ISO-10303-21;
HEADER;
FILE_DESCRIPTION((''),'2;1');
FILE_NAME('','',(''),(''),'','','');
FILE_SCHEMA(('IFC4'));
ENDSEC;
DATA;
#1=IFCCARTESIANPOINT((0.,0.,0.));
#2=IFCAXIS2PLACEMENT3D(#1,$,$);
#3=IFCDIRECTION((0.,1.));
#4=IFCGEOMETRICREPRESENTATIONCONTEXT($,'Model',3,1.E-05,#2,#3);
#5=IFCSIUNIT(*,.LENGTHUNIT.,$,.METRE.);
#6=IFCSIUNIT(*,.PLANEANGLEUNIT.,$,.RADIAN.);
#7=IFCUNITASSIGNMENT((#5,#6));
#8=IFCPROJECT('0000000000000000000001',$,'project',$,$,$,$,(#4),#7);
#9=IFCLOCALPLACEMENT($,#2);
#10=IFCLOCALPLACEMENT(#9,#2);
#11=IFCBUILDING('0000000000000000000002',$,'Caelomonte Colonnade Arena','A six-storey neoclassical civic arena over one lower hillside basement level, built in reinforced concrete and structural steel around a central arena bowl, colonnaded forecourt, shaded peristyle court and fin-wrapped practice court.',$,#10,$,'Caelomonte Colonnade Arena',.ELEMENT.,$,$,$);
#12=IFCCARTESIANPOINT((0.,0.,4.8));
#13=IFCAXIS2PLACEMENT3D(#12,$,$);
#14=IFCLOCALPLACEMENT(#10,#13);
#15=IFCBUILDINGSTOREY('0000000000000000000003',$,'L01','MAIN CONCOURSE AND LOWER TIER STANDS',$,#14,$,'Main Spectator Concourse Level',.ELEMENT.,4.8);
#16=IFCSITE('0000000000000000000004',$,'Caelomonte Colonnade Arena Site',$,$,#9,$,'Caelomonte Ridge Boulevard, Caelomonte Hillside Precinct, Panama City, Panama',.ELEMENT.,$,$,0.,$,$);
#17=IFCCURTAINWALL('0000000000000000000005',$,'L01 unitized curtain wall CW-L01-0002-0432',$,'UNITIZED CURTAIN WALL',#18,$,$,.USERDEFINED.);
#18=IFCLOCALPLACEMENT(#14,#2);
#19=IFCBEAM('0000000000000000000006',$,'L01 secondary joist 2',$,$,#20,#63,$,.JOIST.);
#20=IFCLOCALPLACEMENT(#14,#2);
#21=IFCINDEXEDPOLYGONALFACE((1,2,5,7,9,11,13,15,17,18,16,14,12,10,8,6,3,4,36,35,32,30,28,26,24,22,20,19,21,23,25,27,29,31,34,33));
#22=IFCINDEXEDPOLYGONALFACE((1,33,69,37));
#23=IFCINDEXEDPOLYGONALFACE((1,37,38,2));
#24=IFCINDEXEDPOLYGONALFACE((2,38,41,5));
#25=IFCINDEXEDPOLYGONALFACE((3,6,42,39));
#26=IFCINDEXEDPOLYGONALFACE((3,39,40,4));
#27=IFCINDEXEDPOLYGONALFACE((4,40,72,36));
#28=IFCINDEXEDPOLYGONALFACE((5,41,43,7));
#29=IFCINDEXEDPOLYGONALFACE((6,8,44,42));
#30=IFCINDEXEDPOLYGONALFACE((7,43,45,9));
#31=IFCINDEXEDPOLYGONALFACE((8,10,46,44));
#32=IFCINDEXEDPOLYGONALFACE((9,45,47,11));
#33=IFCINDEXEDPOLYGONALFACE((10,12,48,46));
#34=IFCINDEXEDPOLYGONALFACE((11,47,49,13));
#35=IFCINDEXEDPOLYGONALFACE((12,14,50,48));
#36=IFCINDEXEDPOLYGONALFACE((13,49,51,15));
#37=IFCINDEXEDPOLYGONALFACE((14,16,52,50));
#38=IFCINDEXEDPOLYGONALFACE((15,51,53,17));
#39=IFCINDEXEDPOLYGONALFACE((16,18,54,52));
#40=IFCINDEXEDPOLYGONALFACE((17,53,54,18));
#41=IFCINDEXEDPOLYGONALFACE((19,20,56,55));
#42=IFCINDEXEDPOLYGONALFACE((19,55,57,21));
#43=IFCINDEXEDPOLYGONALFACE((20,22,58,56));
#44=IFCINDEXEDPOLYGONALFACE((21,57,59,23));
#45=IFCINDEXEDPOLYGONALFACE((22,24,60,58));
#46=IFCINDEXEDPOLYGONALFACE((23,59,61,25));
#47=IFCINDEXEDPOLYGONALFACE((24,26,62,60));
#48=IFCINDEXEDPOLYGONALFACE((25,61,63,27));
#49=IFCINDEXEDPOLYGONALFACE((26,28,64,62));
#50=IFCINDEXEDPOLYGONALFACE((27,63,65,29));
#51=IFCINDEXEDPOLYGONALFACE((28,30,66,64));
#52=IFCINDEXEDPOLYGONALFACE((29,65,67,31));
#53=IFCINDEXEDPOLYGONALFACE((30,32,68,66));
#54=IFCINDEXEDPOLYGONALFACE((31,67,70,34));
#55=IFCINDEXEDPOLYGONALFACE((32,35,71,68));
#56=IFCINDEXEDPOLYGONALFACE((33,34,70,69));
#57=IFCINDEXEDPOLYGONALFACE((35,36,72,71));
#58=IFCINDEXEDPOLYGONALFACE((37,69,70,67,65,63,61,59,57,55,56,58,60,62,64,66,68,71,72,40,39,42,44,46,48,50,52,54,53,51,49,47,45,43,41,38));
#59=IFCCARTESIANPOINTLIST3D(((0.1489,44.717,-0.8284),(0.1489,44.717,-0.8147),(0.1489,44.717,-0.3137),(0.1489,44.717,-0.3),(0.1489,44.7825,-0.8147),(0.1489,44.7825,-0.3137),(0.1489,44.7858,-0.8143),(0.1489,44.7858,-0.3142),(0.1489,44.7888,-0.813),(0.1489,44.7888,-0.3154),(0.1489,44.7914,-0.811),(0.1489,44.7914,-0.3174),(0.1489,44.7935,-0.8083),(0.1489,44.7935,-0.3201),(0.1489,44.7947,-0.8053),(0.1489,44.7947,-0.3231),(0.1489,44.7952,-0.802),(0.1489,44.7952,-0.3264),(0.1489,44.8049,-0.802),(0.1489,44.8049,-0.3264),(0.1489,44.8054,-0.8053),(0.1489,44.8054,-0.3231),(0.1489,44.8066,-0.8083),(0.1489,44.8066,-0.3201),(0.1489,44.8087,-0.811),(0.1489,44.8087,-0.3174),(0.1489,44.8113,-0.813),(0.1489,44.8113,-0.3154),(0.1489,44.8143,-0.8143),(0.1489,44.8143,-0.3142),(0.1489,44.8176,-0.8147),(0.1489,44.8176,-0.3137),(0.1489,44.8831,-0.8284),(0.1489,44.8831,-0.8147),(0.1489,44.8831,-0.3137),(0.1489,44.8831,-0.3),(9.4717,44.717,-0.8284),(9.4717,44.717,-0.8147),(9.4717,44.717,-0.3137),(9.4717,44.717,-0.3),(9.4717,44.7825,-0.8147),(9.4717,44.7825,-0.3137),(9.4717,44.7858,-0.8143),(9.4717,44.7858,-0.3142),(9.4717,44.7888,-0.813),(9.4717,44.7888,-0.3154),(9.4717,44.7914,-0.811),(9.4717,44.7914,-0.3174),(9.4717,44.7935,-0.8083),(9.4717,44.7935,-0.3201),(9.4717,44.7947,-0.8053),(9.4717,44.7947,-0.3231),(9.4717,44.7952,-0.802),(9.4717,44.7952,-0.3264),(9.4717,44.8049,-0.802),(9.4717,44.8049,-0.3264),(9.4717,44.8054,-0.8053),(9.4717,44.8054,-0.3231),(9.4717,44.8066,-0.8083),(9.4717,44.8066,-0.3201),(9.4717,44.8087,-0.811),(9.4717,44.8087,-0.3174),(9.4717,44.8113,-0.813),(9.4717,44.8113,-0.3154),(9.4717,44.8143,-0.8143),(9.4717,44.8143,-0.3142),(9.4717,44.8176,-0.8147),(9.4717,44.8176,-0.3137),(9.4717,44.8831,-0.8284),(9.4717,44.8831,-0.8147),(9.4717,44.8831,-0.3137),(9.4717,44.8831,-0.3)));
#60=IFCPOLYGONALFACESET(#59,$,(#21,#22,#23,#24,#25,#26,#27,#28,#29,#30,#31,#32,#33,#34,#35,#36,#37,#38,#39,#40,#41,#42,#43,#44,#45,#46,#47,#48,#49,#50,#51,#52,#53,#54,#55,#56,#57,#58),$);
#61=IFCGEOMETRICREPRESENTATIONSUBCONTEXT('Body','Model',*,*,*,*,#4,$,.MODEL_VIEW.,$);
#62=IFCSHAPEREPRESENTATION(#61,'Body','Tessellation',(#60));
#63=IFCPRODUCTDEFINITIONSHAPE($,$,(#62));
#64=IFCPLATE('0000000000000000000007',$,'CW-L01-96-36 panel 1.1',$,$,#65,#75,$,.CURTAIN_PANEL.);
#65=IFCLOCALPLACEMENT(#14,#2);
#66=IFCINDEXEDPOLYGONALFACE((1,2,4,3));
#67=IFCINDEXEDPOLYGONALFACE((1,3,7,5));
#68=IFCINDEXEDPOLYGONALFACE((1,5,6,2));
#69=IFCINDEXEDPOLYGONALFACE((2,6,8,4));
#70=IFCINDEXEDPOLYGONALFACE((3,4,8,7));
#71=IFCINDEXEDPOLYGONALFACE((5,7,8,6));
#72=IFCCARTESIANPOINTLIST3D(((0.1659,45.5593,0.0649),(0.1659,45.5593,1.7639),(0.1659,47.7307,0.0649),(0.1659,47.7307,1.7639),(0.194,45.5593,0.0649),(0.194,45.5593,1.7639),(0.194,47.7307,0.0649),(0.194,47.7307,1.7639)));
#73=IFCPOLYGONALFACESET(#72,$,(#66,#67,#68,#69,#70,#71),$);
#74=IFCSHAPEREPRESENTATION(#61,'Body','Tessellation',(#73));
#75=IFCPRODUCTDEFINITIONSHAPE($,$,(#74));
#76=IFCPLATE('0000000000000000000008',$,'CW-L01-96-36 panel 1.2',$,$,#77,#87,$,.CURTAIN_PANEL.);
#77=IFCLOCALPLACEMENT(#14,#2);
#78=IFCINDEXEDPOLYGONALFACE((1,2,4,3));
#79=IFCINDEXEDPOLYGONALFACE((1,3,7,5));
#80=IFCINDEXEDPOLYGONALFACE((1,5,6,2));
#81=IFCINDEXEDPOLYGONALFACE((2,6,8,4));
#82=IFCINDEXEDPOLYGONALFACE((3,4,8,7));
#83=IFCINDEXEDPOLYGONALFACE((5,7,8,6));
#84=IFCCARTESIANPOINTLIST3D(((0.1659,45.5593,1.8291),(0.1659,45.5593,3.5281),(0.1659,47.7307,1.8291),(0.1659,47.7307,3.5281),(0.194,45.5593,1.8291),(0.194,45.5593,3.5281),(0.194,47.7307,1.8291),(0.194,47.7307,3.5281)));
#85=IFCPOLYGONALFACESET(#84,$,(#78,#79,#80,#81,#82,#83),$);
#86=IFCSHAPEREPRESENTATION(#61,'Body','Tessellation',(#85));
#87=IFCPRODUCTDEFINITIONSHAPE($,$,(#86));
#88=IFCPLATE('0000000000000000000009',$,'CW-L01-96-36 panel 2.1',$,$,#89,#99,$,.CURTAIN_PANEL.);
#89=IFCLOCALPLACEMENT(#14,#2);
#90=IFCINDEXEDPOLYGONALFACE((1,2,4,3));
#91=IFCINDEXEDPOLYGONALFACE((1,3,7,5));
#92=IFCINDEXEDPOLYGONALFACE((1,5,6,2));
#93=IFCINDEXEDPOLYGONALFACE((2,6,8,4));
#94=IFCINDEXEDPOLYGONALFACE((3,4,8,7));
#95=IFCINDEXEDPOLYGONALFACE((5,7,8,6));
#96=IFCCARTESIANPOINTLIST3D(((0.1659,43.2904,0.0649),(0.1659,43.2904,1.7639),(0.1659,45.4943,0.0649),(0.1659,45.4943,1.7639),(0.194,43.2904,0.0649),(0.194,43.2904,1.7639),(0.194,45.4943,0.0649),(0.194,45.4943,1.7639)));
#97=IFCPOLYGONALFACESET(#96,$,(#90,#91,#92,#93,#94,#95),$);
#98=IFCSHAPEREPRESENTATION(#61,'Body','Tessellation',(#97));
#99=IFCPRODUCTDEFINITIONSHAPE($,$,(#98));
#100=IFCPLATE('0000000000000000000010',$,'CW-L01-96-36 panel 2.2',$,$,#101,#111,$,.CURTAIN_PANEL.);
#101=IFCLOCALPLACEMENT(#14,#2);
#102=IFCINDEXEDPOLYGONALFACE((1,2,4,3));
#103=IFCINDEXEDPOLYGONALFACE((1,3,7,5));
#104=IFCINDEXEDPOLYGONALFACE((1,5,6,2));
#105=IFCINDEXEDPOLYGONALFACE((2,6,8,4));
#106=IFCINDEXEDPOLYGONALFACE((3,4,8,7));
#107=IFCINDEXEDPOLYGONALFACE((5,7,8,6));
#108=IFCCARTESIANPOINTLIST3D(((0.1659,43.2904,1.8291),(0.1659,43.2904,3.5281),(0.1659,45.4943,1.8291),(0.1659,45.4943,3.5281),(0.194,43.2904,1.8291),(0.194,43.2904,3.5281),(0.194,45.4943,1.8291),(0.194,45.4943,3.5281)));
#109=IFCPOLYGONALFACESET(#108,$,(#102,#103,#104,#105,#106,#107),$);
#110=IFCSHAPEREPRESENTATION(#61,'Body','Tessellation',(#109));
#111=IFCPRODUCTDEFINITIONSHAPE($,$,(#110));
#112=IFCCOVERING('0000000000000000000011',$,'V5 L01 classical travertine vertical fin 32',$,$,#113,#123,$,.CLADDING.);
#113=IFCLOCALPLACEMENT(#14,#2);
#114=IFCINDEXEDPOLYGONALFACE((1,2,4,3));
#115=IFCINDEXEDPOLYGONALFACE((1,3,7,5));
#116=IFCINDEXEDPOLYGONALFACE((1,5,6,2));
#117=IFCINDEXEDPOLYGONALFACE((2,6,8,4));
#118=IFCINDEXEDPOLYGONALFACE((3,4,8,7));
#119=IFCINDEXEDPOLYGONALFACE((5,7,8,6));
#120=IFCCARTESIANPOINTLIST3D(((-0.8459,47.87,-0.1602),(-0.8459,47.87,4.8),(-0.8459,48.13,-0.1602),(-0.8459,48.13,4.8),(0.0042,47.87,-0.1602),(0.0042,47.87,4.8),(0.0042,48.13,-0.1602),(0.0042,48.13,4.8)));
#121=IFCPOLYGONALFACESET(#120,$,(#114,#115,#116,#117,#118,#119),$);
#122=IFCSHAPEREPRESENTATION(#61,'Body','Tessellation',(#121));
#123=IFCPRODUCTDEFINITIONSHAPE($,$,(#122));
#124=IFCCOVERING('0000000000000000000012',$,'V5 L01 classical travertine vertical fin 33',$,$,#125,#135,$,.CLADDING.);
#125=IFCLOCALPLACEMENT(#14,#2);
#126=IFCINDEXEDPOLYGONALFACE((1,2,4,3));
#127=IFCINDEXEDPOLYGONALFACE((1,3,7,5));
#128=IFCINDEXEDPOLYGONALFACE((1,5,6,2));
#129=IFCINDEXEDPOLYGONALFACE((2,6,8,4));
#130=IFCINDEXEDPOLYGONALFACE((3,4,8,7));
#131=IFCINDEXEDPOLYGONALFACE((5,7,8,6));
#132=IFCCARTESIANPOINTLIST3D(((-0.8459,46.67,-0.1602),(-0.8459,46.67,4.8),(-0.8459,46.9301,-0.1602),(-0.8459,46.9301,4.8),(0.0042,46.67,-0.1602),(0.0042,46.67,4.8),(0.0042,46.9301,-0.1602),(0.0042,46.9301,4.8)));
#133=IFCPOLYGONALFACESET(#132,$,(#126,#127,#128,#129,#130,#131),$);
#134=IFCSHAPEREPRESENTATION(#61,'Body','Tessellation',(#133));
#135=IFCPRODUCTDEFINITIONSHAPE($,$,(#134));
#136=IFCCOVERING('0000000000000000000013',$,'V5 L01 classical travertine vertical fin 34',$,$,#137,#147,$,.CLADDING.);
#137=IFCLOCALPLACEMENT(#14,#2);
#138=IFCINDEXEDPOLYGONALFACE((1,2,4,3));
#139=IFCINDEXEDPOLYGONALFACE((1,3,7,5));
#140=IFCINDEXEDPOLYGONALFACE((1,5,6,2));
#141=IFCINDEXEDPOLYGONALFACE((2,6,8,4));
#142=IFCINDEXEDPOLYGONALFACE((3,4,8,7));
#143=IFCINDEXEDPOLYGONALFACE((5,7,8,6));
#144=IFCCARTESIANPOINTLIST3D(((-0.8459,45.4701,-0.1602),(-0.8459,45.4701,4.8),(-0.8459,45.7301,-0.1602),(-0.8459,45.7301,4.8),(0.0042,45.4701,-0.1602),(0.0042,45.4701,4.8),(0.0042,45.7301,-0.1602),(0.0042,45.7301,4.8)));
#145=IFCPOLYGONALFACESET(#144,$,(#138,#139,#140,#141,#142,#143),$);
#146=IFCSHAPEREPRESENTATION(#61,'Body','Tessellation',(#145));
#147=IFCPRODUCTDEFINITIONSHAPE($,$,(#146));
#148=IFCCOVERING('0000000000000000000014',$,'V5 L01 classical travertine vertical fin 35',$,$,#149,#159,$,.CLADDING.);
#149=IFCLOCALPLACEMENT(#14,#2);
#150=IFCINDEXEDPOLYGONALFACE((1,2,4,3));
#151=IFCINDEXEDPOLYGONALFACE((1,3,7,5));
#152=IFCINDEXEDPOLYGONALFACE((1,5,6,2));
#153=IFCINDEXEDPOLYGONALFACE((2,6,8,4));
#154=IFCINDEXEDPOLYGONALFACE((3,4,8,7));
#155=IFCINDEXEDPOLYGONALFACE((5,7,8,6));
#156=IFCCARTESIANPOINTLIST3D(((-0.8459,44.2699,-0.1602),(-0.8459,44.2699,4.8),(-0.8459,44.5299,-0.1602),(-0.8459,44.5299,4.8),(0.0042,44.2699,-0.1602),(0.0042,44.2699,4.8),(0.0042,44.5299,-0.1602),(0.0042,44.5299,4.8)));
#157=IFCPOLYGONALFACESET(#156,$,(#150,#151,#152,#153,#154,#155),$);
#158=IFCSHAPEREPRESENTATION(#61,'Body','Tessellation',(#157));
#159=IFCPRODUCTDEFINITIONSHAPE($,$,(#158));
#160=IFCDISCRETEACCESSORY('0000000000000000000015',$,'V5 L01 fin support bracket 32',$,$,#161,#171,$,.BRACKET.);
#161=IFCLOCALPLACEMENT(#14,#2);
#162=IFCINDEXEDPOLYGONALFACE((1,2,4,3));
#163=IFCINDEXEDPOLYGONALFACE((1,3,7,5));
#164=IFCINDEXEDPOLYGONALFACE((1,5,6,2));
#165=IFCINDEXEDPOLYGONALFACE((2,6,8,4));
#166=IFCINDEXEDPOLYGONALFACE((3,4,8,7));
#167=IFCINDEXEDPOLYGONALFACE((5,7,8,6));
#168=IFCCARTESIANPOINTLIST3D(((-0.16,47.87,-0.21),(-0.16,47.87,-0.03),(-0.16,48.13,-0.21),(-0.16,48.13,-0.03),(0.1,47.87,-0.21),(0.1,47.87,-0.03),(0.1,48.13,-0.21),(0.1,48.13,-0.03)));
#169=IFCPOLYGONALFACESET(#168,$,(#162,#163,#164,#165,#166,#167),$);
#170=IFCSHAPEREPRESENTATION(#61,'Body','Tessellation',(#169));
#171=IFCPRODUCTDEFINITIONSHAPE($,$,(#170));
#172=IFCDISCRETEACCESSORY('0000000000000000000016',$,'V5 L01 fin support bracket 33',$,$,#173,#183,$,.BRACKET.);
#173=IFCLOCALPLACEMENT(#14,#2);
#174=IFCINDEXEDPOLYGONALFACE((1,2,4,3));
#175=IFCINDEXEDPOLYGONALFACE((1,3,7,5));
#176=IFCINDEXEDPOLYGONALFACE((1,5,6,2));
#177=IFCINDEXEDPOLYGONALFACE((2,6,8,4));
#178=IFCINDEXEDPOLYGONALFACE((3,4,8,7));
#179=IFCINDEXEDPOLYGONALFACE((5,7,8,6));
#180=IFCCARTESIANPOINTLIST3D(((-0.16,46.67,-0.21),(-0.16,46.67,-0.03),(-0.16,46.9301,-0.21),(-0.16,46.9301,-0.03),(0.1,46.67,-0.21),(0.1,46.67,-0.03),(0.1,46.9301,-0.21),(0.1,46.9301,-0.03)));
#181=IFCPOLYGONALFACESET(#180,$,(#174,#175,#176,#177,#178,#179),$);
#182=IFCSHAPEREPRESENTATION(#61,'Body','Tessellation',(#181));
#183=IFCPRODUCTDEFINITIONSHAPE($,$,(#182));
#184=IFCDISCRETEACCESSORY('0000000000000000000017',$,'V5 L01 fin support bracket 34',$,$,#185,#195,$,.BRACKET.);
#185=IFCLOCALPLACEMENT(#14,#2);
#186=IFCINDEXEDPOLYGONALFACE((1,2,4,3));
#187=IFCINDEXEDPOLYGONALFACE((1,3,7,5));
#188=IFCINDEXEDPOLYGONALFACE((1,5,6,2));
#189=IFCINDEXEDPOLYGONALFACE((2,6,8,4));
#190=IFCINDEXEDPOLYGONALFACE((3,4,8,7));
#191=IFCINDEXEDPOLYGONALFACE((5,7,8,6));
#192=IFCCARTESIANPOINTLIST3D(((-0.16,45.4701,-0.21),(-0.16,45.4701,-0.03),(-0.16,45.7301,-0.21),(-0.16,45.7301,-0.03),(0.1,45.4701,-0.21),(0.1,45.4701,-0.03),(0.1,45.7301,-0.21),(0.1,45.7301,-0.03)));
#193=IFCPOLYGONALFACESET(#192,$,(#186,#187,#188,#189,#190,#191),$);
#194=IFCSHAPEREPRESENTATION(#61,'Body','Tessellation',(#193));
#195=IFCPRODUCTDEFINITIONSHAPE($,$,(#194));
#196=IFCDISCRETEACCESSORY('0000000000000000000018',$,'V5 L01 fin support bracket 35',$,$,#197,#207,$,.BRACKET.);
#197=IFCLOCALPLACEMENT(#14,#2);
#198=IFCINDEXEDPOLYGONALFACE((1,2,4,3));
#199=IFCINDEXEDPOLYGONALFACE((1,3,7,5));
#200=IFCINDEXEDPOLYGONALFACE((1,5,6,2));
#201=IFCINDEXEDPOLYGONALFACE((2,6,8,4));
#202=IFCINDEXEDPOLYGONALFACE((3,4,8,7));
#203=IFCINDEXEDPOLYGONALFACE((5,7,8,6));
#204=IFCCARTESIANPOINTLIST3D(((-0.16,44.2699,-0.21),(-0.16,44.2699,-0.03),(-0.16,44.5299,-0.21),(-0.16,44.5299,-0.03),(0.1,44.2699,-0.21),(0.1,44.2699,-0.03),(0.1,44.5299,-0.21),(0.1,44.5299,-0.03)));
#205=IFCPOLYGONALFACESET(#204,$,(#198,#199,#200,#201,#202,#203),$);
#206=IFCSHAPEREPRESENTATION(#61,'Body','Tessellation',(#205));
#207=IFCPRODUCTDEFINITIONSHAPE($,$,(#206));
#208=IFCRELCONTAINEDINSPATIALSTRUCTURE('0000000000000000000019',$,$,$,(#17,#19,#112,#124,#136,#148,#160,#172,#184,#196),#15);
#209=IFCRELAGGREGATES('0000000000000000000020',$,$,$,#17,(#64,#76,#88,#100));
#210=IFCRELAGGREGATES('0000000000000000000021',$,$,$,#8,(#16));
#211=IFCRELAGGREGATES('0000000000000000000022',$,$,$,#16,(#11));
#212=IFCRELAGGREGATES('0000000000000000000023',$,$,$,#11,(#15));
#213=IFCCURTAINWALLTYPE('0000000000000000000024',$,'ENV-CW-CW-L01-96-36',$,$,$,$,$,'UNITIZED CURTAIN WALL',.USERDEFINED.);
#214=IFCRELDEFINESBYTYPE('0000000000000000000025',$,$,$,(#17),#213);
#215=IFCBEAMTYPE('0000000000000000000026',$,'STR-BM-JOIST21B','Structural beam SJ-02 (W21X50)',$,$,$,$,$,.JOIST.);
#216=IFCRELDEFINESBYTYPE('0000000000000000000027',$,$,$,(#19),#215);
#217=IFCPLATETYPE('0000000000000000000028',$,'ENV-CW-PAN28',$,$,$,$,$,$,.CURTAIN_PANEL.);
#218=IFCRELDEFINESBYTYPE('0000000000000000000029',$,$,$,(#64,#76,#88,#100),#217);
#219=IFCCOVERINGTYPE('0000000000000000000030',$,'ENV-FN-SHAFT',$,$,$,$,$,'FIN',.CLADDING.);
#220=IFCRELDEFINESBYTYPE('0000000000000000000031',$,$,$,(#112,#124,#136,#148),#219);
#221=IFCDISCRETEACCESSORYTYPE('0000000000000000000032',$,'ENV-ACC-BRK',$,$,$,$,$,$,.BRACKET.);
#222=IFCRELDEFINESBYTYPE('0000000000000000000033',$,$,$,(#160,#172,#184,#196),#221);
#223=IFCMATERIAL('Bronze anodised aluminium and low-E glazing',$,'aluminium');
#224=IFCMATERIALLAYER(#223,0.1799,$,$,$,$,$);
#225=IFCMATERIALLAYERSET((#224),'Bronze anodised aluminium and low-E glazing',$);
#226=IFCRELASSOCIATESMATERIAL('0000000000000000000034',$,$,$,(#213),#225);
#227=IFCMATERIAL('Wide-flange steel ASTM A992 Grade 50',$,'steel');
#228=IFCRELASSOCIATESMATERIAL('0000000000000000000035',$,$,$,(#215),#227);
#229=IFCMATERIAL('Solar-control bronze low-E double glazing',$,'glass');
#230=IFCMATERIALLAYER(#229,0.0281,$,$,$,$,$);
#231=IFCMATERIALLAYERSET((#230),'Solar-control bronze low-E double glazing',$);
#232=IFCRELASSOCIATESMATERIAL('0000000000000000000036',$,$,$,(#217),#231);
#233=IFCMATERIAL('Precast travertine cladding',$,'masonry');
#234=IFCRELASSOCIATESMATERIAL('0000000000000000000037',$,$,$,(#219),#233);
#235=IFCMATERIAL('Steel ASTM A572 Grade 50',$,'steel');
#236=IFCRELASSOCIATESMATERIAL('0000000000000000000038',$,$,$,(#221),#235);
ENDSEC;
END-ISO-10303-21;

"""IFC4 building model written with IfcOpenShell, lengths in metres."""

from ifc_helpers import new_model, si_unit, direction, frame, origin, origin_2d, place, context, subcontext, project, spatial, rectangle, i_section, extrude, material, layer, layer_set, material_profile, profile_set, type_object, element, aggregate, save


model = new_model("IFC4")

# Units and contexts
model_context = context("Model", 3, precision=1e-05, world=origin(), true_north=direction((0.0, 1.0)))
body_context = subcontext(model_context, "Body", "Model", "MODEL_VIEW")
ifc_project = project(units=[si_unit("LENGTHUNIT", "METRE"), si_unit("PLANEANGLEUNIT", "RADIAN")], contexts=[model_context])

# Site, building, storey
site_placement = place(None, origin())
site = spatial("IfcSite", under=ifc_project, at=site_placement, Name="Caelomonte Colonnade Arena Site", LongName="Caelomonte Ridge Boulevard, Caelomonte Hillside Precinct, Panama City, Panama", CompositionType="ELEMENT", RefElevation=0.0)
building_placement = place(site_placement, origin())
building = spatial("IfcBuilding", under=site, at=building_placement, Name="Caelomonte Colonnade Arena", Description="A six-storey neoclassical civic arena over one lower hillside basement level, built in reinforced concrete and structural steel around a central arena bowl, colonnaded forecourt, shaded peristyle court and fin-wrapped practice court.", LongName="Caelomonte Colonnade Arena", CompositionType="ELEMENT")
storey_placement = place(building_placement, frame((0.0, 0.0, 4.8)))
storey = spatial("IfcBuildingStorey", under=building, at=storey_placement, Name="L01", Description="MAIN CONCOURSE AND LOWER TIER STANDS", LongName="Main Spectator Concourse Level", CompositionType="ELEMENT", Elevation=4.8)

# Shared definitions
ifc_material_1 = material(Name="Wide-flange steel ASTM A992 Grade 50", Category="steel")

# Curtain wall
ifc_material_2 = material(Name="Bronze anodised aluminium and low-E glazing", Category="aluminium")
ifc_layer_1 = layer(ifc_material_2, 0.1799)
ifc_layer_set_1 = layer_set([ifc_layer_1], Name="Bronze anodised aluminium and low-E glazing")
curtain_wall_type = type_object("IfcCurtainWallType", Name="ENV-CW-CW-L01-96-36", ElementType="UNITIZED CURTAIN WALL", PredefinedType="USERDEFINED", material=ifc_layer_set_1)
curtain_wall_placement = place(storey_placement, origin())
curtain_wall = element("IfcCurtainWall", 1, at=curtain_wall_placement, inside=storey, type_object=curtain_wall_type, Name="L01 unitized curtain wall CW-L01-0002-0432", ObjectType="UNITIZED CURTAIN WALL", PredefinedType="USERDEFINED")

# Beam
ifc_material_profile_1 = material_profile(ifc_material_1, i_section(OverallWidth=0.166, OverallDepth=0.5283, WebThickness=0.0098, FlangeThickness=0.0137, FilletRadius=0.0127, at=origin_2d()), Name="W21X50")
ifc_profile_set_1 = profile_set([ifc_material_profile_1], Name="Wide-flange steel ASTM A992 Grade 50")
beam_type = type_object("IfcBeamType", Name="STR-BM-JOIST21B", Description="Structural beam SJ-02 (W21X50)", PredefinedType="JOIST", material=ifc_profile_set_1)
beam_placement = place(storey_placement, frame((0.1489, 44.8, -0.5642), z_axis=(1.0, 0.0, 0.0), x_axis=(0.0, 1.0, 0.0)))
element("IfcBeam", 2, at=beam_placement, inside=storey, type_object=beam_type, Name="L01 secondary joist 2", PredefinedType="JOIST", context=body_context, shape_type="SweptSolid", body=[
    extrude(i_section(OverallWidth=0.166, OverallDepth=0.5283, WebThickness=0.0098, FlangeThickness=0.0137, FilletRadius=0.0127, at=origin_2d()), origin(), (0.0, 0.0, 1.0), 9.3228),
])

# Plates
ifc_material_3 = material(Name="Solar-control bronze low-E double glazing", Category="glass")
ifc_layer_2 = layer(ifc_material_3, 0.0281)
ifc_layer_set_2 = layer_set([ifc_layer_2], Name="Solar-control bronze low-E double glazing")
plate_type = type_object("IfcPlateType", Name="ENV-CW-PAN28", PredefinedType="CURTAIN_PANEL", material=ifc_layer_set_2)
plate_1_placement = place(storey_placement, frame((0.1799, 46.645, 0.0649), z_axis=(0.0, 0.0, 1.0), x_axis=(0.0, -1.0, 0.0)))
plate_1 = element("IfcPlate", 3, at=plate_1_placement, type_object=plate_type, Name="CW-L01-96-36 panel 1.1", PredefinedType="CURTAIN_PANEL", context=body_context, shape_type="SweptSolid", body=[
    extrude(rectangle(XDim=2.1714, YDim=0.0281, at=origin_2d()), origin(), (0.0, 0.0, 1.0), 1.699),
])
plate_2_placement = place(storey_placement, frame((0.1799, 46.645, 1.8291), z_axis=(0.0, 0.0, 1.0), x_axis=(0.0, -1.0, 0.0)))
plate_2 = element("IfcPlate", 4, at=plate_2_placement, type_object=plate_type, Name="CW-L01-96-36 panel 1.2", PredefinedType="CURTAIN_PANEL", context=body_context, shape_type="SweptSolid", body=[
    extrude(rectangle(XDim=2.1714, YDim=0.0281, at=origin_2d()), origin(), (0.0, 0.0, 1.0), 1.699),
])
plate_3_placement = place(storey_placement, frame((0.1799, 44.3923, 0.0649), z_axis=(0.0, 0.0, 1.0), x_axis=(0.0, -1.0, 0.0)))
plate_3 = element("IfcPlate", 5, at=plate_3_placement, type_object=plate_type, Name="CW-L01-96-36 panel 2.1", PredefinedType="CURTAIN_PANEL", context=body_context, shape_type="SweptSolid", body=[
    extrude(rectangle(XDim=2.2039, YDim=0.0281, at=origin_2d()), origin(), (0.0, 0.0, 1.0), 1.699),
])
plate_4_placement = place(storey_placement, frame((0.1799, 44.3923, 1.8291), z_axis=(0.0, 0.0, 1.0), x_axis=(0.0, -1.0, 0.0)))
plate_4 = element("IfcPlate", 6, at=plate_4_placement, type_object=plate_type, Name="CW-L01-96-36 panel 2.2", PredefinedType="CURTAIN_PANEL", context=body_context, shape_type="SweptSolid", body=[
    extrude(rectangle(XDim=2.2039, YDim=0.0281, at=origin_2d()), origin(), (0.0, 0.0, 1.0), 1.699),
])
aggregate(curtain_wall, [plate_1, plate_2, plate_3, plate_4])

# Coverings
ifc_material_4 = material(Name="Precast travertine cladding", Category="masonry")
ifc_material_profile_2 = material_profile(ifc_material_4, rectangle(XDim=0.26, YDim=0.8501, at=origin_2d()), Name="FIN260X850")
ifc_profile_set_2 = profile_set([ifc_material_profile_2], Name="Precast travertine cladding")
covering_type = type_object("IfcCoveringType", Name="ENV-FN-SHAFT", ElementType="FIN", PredefinedType="CLADDING", material=ifc_profile_set_2)
for number, where, z_axis, x_axis, name in (
    (7, (-0.4209, 48.0, -0.1602), (0.0, 0.0, 1.0), (0.0, 1.0, 0.0), "V5 L01 classical travertine vertical fin 32"),
    (8, (-0.4209, 46.8, -0.1602), (0.0, 0.0, 1.0), (0.0, 1.0, 0.0), "V5 L01 classical travertine vertical fin 33"),
    (9, (-0.4209, 45.6001, -0.1602), (0.0, 0.0, 1.0), (0.0, 1.0, 0.0), "V5 L01 classical travertine vertical fin 34"),
    (10, (-0.4209, 44.3999, -0.1602), (0.0, 0.0, 1.0), (0.0, 1.0, 0.0), "V5 L01 classical travertine vertical fin 35"),
):
    element("IfcCovering", number, at=place(storey_placement, frame(where, z_axis=z_axis, x_axis=x_axis)), inside=storey, type_object=covering_type, Name=name, PredefinedType="CLADDING", context=body_context, shape_type="SweptSolid", body=[
        extrude(rectangle(XDim=0.26, YDim=0.8501, at=origin_2d()), origin(), (0.0, 0.0, 1.0), 4.9602),
    ])

# Discrete accessories
ifc_material_5 = material(Name="Steel ASTM A572 Grade 50", Category="steel")
discrete_accessory_type = type_object("IfcDiscreteAccessoryType", Name="ENV-ACC-BRK", PredefinedType="BRACKET", material=ifc_material_5)
for number, where, z_axis, x_axis, name in (
    (11, (-0.03, 48.0, -0.21), (0.0, 0.0, 1.0), (0.0, -1.0, 0.0), "V5 L01 fin support bracket 32"),
    (12, (-0.03, 46.8, -0.21), (0.0, 0.0, 1.0), (0.0, -1.0, 0.0), "V5 L01 fin support bracket 33"),
    (13, (-0.03, 45.6001, -0.21), (0.0, 0.0, 1.0), (0.0, -1.0, 0.0), "V5 L01 fin support bracket 34"),
    (14, (-0.03, 44.3999, -0.21), (0.0, 0.0, 1.0), (0.0, -1.0, 0.0), "V5 L01 fin support bracket 35"),
):
    element("IfcDiscreteAccessory", number, at=place(storey_placement, frame(where, z_axis=z_axis, x_axis=x_axis)), inside=storey, type_object=discrete_accessory_type, Name=name, PredefinedType="BRACKET", context=body_context, shape_type="SweptSolid", body=[
        extrude(rectangle(XDim=0.26, YDim=0.26, at=origin_2d()), origin(), (0.0, 0.0, 1.0), 0.1799),
    ])

save(model, "model.ifc")
